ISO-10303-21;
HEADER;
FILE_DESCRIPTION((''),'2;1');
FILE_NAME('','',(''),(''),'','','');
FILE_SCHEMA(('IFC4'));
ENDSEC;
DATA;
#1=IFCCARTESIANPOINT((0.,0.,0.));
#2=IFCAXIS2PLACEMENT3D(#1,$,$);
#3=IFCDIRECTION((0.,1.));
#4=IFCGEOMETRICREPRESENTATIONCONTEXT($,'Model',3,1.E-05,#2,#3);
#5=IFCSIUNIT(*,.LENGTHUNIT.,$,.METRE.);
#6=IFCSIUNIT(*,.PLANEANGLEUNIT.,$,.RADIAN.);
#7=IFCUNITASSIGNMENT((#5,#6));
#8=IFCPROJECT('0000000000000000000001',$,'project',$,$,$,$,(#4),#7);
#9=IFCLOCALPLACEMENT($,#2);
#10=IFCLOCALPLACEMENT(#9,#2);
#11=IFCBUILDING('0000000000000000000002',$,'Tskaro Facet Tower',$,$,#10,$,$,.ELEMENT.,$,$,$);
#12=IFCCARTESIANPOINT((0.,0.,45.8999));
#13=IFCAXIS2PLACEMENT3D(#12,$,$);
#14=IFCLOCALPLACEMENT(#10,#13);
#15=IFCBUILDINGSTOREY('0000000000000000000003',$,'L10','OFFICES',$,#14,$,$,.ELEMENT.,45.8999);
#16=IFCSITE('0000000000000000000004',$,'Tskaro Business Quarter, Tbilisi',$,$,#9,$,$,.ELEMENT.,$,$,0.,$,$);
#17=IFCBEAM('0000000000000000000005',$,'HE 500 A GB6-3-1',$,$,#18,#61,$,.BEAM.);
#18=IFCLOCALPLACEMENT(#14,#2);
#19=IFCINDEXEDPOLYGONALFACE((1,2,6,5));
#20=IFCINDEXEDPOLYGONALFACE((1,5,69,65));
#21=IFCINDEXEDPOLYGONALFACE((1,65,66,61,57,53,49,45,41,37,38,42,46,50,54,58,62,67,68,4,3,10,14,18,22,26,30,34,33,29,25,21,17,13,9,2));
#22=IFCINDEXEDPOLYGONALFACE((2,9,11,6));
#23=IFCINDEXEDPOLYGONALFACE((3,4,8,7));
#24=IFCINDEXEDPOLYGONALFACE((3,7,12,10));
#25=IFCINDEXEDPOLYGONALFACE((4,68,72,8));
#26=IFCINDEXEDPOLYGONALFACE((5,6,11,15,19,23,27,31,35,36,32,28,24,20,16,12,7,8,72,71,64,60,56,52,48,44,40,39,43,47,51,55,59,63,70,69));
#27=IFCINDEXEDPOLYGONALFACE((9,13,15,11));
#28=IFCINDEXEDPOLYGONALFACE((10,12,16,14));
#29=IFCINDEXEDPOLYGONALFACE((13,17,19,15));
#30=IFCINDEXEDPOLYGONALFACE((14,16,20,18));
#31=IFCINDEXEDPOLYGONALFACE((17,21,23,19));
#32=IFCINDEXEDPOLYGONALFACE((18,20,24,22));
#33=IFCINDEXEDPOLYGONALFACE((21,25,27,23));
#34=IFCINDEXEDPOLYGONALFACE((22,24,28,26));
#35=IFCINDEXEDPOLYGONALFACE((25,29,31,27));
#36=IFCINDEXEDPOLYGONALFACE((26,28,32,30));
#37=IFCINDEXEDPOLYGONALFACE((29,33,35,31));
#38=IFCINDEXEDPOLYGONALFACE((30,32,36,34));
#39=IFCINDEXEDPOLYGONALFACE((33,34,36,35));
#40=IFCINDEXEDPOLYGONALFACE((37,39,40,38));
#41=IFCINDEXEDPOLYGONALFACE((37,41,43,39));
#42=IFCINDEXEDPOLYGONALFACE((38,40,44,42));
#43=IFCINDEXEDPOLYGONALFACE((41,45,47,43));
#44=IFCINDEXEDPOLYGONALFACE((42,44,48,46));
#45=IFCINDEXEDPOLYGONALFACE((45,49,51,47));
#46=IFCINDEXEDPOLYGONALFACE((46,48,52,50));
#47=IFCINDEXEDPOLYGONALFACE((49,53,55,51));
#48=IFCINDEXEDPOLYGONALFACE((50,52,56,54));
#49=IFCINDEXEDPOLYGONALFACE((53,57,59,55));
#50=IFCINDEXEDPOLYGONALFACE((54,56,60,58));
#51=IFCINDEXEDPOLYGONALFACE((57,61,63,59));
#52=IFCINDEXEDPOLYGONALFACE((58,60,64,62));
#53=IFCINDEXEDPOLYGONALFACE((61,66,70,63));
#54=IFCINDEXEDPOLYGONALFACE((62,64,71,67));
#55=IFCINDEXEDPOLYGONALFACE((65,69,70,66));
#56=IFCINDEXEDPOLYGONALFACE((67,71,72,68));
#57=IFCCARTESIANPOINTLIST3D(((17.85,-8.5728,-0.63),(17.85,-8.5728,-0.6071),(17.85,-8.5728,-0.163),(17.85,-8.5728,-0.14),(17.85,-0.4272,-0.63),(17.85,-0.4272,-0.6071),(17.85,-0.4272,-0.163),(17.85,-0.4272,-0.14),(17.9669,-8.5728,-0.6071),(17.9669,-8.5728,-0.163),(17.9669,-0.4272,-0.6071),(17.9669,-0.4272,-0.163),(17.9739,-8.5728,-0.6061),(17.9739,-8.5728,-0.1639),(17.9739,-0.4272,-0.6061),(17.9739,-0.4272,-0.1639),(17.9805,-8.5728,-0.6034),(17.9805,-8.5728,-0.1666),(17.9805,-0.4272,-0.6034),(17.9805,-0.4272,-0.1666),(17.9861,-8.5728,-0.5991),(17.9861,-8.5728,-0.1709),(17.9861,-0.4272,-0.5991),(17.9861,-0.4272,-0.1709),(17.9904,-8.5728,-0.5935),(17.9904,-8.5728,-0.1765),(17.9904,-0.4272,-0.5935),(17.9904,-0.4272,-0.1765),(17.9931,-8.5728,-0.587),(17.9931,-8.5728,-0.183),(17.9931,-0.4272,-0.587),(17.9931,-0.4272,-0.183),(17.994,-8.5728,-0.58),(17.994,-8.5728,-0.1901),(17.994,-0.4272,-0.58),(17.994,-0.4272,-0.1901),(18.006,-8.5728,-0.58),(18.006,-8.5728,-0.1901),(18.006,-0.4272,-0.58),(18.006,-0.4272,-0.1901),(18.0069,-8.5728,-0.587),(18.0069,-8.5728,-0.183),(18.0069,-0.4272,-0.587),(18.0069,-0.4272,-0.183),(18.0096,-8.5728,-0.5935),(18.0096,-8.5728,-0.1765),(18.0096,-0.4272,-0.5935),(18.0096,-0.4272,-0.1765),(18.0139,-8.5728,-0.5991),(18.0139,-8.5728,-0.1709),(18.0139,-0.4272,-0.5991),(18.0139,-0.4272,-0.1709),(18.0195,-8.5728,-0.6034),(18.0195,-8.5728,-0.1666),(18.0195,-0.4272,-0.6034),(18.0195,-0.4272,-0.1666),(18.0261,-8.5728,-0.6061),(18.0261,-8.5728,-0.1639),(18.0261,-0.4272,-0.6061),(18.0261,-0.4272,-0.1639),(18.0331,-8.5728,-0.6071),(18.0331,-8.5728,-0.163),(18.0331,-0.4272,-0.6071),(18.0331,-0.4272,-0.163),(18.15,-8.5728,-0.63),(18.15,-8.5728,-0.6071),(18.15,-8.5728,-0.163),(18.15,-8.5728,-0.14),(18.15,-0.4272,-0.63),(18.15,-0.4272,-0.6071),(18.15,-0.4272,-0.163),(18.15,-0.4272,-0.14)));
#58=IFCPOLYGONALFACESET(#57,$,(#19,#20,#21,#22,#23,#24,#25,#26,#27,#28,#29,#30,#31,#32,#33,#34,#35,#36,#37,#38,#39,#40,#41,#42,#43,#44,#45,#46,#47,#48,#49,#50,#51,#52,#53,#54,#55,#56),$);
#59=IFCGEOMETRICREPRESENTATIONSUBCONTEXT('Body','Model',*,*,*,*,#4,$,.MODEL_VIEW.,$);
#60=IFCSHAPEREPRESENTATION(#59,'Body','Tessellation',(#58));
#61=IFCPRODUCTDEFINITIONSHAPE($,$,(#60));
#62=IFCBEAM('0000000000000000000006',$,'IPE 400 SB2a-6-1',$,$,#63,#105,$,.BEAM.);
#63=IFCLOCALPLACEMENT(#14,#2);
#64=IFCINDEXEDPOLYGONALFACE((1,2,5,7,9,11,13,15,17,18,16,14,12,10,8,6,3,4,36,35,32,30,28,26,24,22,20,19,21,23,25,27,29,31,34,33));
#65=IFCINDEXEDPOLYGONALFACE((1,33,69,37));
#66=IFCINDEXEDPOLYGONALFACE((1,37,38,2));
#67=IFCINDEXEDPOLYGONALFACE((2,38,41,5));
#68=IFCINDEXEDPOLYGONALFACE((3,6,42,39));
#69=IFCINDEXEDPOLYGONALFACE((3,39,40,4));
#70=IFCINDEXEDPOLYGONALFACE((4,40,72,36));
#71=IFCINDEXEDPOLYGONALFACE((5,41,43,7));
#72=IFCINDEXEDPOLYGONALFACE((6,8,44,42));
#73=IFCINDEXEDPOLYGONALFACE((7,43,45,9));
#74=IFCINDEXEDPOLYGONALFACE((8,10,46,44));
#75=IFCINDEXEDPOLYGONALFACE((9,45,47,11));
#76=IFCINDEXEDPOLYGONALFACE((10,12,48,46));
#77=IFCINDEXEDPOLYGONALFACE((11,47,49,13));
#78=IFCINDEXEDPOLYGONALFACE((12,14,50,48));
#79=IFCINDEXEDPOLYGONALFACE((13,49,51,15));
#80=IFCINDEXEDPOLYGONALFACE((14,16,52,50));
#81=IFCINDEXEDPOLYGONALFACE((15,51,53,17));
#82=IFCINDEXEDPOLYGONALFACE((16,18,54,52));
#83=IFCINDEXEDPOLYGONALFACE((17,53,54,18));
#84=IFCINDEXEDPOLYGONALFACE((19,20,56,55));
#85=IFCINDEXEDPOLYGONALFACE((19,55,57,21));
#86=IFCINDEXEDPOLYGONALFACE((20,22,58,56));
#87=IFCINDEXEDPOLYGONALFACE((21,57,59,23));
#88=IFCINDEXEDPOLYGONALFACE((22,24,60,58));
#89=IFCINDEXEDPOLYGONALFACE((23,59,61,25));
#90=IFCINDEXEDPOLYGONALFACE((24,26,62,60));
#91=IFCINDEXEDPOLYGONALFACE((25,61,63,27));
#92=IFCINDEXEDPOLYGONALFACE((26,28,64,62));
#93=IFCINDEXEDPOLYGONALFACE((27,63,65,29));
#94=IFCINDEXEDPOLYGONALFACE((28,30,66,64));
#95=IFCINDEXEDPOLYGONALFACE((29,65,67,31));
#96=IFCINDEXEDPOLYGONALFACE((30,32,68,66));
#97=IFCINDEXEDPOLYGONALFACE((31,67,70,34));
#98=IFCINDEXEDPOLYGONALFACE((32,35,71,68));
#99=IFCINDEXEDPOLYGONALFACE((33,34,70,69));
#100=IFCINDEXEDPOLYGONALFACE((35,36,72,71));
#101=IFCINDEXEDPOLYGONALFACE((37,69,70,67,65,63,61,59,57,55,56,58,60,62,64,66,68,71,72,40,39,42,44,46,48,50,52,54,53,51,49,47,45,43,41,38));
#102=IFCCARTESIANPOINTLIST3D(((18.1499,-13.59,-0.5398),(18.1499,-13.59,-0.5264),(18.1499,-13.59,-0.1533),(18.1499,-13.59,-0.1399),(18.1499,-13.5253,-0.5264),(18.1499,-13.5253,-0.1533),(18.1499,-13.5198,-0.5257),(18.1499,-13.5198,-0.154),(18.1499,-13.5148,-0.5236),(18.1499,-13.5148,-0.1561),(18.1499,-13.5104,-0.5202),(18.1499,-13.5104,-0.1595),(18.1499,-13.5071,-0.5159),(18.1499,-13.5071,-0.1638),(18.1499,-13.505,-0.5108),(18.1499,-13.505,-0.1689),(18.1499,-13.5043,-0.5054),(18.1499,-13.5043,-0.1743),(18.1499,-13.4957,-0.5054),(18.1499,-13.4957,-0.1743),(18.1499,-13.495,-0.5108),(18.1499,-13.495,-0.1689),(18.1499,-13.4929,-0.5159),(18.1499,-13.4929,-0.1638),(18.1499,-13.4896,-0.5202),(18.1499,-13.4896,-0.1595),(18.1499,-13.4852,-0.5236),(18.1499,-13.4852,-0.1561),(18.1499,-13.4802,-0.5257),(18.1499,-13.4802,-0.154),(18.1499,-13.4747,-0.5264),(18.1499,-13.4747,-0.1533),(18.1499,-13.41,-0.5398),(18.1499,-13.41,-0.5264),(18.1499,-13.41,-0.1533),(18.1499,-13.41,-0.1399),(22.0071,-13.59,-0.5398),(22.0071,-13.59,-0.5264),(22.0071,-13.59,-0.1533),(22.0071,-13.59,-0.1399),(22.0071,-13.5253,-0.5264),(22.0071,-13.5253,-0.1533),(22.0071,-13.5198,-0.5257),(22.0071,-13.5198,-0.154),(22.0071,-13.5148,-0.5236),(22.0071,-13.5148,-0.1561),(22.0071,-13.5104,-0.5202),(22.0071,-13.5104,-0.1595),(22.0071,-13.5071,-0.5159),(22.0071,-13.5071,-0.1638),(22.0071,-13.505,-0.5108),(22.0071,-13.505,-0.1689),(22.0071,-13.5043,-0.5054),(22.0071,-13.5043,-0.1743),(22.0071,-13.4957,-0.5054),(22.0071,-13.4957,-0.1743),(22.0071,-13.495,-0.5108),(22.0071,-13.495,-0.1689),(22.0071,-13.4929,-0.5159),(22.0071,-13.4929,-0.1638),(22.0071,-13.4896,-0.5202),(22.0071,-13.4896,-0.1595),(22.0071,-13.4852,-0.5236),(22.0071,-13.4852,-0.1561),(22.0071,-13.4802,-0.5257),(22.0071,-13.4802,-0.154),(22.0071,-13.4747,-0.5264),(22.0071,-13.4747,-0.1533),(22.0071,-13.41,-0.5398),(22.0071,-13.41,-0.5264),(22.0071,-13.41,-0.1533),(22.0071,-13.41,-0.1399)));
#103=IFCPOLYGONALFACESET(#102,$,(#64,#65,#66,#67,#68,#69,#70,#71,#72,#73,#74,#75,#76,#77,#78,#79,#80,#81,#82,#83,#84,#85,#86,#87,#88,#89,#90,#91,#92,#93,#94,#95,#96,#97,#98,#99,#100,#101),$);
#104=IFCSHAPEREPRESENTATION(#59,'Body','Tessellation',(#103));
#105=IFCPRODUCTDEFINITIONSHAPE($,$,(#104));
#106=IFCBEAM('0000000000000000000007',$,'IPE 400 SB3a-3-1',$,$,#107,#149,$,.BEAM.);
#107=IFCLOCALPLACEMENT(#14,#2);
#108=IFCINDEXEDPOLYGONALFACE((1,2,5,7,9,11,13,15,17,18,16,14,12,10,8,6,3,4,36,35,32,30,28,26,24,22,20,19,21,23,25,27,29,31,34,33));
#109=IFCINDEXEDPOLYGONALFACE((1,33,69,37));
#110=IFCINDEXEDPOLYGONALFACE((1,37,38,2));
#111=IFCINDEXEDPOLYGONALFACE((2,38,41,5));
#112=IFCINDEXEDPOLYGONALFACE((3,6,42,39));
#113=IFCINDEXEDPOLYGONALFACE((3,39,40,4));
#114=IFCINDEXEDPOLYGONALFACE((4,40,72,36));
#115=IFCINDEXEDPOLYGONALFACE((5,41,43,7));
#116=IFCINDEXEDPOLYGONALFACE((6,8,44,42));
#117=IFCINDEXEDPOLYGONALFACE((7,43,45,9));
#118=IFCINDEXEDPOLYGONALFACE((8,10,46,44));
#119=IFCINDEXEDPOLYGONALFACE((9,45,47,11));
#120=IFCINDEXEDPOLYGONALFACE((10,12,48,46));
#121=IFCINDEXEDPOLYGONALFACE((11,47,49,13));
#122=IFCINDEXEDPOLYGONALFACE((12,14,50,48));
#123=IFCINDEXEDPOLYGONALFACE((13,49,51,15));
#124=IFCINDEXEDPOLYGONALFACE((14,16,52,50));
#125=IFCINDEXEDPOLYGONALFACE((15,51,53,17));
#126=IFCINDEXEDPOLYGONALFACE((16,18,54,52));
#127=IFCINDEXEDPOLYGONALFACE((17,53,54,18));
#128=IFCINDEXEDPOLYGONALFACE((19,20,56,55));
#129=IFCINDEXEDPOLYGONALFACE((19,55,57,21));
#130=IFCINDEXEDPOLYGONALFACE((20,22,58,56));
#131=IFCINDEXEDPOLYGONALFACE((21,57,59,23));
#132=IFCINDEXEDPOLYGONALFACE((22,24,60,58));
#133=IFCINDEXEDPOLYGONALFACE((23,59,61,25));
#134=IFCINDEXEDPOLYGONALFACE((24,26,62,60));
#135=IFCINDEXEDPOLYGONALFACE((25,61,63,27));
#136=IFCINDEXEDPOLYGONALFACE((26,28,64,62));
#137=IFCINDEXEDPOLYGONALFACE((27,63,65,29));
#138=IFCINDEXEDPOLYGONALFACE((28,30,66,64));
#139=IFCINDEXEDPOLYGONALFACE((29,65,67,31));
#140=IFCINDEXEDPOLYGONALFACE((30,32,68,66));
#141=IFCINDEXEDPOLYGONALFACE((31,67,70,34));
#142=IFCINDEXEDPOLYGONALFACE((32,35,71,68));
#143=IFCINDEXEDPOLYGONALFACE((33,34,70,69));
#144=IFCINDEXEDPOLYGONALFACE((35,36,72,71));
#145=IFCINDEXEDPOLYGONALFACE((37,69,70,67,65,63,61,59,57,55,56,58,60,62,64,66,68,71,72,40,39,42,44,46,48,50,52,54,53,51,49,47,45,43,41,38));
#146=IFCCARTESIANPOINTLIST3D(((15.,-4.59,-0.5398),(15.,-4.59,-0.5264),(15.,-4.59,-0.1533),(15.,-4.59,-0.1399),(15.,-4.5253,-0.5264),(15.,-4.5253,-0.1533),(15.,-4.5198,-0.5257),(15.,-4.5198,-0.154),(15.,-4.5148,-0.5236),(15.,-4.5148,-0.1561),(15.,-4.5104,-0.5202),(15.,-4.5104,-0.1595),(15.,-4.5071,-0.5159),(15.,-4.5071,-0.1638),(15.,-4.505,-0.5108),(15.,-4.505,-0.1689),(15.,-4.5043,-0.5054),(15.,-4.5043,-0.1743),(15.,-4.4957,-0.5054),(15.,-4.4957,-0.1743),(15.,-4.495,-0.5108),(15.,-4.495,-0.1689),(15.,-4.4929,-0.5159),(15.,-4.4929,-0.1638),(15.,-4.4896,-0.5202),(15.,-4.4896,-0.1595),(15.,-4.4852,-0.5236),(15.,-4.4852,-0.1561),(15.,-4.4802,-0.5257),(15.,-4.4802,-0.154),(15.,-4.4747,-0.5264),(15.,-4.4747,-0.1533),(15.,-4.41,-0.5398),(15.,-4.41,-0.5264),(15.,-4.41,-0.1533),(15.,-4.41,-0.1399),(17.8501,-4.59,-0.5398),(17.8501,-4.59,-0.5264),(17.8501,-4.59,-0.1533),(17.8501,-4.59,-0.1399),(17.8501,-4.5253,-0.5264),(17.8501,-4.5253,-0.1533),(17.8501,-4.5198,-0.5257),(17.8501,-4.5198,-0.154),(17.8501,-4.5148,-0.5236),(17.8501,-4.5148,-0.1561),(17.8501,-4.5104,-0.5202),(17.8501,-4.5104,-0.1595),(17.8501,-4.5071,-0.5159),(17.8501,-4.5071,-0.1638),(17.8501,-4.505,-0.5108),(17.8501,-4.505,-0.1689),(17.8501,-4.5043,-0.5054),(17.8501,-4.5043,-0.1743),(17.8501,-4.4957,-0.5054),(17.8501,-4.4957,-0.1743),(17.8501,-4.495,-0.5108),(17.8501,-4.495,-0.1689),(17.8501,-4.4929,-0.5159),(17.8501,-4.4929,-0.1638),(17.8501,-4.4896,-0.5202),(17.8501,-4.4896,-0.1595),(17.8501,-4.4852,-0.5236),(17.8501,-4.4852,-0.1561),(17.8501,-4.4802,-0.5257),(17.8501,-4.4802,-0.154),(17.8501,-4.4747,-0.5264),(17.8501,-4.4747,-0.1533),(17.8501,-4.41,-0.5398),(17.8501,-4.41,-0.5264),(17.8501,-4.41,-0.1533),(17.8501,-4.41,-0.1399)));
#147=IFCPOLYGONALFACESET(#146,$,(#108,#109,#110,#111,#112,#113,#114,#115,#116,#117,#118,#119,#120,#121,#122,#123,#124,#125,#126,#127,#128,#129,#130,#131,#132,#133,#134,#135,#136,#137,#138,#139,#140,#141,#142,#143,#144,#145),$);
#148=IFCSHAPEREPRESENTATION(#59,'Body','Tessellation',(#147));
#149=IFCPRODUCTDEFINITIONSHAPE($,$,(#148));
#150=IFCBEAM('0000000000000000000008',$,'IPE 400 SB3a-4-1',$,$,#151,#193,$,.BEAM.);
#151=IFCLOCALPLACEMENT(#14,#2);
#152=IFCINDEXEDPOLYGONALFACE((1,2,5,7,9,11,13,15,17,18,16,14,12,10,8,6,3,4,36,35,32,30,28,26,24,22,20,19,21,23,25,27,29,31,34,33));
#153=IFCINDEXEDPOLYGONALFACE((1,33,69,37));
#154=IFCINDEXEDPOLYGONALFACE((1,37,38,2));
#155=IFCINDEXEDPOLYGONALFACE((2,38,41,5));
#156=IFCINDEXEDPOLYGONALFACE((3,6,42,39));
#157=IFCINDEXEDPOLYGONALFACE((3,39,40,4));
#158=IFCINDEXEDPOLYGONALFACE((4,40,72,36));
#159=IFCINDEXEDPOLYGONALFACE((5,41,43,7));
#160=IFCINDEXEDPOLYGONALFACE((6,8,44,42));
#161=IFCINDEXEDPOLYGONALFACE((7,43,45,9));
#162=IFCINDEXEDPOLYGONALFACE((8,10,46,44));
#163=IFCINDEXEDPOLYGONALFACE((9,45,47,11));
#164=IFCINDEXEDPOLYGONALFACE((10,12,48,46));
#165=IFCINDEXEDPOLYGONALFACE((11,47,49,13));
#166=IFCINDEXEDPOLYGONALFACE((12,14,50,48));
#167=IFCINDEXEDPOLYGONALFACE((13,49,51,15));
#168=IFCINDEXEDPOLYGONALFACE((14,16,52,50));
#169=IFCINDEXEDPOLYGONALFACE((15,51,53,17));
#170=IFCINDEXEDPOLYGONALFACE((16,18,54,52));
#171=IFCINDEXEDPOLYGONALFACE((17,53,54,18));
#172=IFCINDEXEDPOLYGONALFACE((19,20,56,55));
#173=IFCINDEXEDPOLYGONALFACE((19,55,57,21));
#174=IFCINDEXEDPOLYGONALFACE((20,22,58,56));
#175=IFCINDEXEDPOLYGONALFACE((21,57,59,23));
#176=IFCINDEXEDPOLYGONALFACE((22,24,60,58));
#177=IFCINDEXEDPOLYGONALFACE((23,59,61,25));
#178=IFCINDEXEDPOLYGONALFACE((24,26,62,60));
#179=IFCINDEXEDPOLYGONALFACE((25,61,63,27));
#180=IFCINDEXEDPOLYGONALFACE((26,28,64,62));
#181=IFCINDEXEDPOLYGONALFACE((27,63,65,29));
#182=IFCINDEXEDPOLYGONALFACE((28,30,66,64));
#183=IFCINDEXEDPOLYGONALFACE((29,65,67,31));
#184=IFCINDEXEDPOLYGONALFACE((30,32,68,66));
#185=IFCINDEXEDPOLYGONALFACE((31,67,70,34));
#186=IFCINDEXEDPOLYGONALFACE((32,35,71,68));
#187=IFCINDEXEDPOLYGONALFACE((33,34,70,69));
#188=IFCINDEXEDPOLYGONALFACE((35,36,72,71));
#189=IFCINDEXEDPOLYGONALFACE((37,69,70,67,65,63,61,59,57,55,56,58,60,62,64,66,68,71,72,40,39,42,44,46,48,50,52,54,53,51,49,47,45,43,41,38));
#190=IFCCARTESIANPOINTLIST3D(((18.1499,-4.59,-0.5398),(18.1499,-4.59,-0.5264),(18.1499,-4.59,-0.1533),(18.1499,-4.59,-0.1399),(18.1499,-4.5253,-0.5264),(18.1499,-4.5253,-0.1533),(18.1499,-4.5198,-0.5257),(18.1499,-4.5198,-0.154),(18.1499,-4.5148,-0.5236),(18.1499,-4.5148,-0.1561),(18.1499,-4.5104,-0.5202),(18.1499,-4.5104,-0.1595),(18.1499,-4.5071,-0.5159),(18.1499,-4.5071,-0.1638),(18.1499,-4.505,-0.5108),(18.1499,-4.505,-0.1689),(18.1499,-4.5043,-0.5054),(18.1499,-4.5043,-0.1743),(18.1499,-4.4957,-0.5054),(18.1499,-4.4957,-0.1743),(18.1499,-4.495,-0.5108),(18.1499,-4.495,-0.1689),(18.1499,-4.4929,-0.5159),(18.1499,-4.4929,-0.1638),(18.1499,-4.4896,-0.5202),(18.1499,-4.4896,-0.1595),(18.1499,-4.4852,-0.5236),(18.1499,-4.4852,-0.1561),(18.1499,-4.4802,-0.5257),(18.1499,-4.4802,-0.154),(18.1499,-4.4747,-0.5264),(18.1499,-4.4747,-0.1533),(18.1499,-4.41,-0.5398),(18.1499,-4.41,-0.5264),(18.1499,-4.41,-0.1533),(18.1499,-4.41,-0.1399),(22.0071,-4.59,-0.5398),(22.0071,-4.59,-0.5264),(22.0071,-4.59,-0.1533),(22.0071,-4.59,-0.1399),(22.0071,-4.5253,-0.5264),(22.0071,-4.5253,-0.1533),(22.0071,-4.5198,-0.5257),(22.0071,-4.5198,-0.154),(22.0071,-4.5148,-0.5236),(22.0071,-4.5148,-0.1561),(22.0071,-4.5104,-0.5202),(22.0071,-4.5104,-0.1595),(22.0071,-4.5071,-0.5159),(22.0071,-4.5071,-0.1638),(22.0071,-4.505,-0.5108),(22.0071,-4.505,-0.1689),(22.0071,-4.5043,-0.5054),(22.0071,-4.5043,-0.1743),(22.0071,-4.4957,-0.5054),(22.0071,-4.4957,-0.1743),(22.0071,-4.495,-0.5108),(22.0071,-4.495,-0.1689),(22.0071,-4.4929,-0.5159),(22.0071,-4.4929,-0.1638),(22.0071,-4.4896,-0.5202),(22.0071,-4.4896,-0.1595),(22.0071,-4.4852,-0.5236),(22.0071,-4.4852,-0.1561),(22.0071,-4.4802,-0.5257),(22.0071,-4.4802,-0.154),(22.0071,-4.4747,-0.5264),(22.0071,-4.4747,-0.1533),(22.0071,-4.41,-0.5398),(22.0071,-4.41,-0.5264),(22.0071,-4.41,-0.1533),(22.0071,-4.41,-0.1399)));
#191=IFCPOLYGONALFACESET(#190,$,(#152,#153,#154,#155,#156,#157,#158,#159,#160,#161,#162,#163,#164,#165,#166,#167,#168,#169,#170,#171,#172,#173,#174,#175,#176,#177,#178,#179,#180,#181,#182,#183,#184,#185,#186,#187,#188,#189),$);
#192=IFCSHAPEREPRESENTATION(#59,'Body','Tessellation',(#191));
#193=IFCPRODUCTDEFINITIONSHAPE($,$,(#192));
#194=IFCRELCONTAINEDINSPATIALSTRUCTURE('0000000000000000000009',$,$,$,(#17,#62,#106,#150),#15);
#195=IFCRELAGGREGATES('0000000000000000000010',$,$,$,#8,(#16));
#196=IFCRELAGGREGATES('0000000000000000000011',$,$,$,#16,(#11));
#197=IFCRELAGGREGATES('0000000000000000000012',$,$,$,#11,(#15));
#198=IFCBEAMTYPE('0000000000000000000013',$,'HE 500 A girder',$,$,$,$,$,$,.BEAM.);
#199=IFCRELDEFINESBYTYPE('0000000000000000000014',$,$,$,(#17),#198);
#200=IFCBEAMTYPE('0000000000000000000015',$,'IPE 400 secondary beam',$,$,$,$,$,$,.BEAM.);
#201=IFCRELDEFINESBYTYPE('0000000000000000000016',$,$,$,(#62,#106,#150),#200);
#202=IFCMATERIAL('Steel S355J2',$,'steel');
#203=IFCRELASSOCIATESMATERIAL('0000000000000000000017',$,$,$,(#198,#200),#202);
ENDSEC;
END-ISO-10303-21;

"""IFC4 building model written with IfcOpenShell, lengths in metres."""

from ifc_helpers import new_model, si_unit, direction, frame, origin, origin_2d, place, context, subcontext, project, spatial, i_section, extrude, material, material_profile, profile_set, type_object, element, save


model = new_model("IFC4")

# Units and contexts
model_context = context("Model", 3, precision=1e-05, world=origin(), true_north=direction((0.0, 1.0)))
body_context = subcontext(model_context, "Body", "Model", "MODEL_VIEW")
ifc_project = project(units=[si_unit("LENGTHUNIT", "METRE"), si_unit("PLANEANGLEUNIT", "RADIAN")], contexts=[model_context])

# Site, building, storey
site_placement = place(None, origin())
site = spatial("IfcSite", under=ifc_project, at=site_placement, Name="Tskaro Business Quarter, Tbilisi", CompositionType="ELEMENT", RefElevation=0.0)
building_placement = place(site_placement, origin())
building = spatial("IfcBuilding", under=site, at=building_placement, Name="Tskaro Facet Tower", CompositionType="ELEMENT")
storey_placement = place(building_placement, frame((0.0, 0.0, 45.8999)))
storey = spatial("IfcBuildingStorey", under=building, at=storey_placement, Name="L10", Description="OFFICES", CompositionType="ELEMENT", Elevation=45.8999)

# Beams
ifc_material_1 = material(Name="Steel S355J2", Category="steel")
ifc_material_profile_1 = material_profile(ifc_material_1, i_section(OverallWidth=0.3, OverallDepth=0.49, WebThickness=0.012, FlangeThickness=0.0229, FilletRadius=0.0271, at=origin_2d()), Name="HE 500 A")
ifc_profile_set_1 = profile_set([ifc_material_profile_1], Name="Steel S355J2")
beam_type_1 = type_object("IfcBeamType", Name="HE 500 A girder", PredefinedType="BEAM", material=ifc_profile_set_1)
beam_1_placement = place(storey_placement, frame((18.0, -8.5728, -0.385), z_axis=(0.0, 1.0, 0.0), x_axis=(-1.0, 0.0, 0.0)))
element("IfcBeam", 1, at=beam_1_placement, inside=storey, type_object=beam_type_1, Name="HE 500 A GB6-3-1", PredefinedType="BEAM", context=body_context, shape_type="SweptSolid", body=[
    extrude(i_section(OverallWidth=0.3, OverallDepth=0.49, WebThickness=0.012, FlangeThickness=0.0229, FilletRadius=0.0271, at=origin_2d()), origin(), (0.0, 0.0, 1.0), 8.1455),
])
ifc_material_profile_2 = material_profile(ifc_material_1, i_section(OverallWidth=0.1799, OverallDepth=0.3999, WebThickness=0.0085, FlangeThickness=0.0134, FilletRadius=0.021, at=origin_2d()), Name="IPE 400")
ifc_profile_set_2 = profile_set([ifc_material_profile_2], Name="Steel S355J2")
beam_type_2 = type_object("IfcBeamType", Name="IPE 400 secondary beam", PredefinedType="BEAM", material=ifc_profile_set_2)
beam_2_placement = place(storey_placement, frame((18.1499, -13.5, -0.3398), z_axis=(1.0, 0.0, 0.0), x_axis=(0.0, 1.0, 0.0)))
element("IfcBeam", 2, at=beam_2_placement, inside=storey, type_object=beam_type_2, Name="IPE 400 SB2a-6-1", PredefinedType="BEAM", context=body_context, shape_type="SweptSolid", body=[
    extrude(i_section(OverallWidth=0.1799, OverallDepth=0.3999, WebThickness=0.0085, FlangeThickness=0.0134, FilletRadius=0.021, at=origin_2d()), origin(), (0.0, 0.0, 1.0), 3.8572),
])
beam_3_placement = place(storey_placement, frame((15.0, -4.5, -0.3398), z_axis=(1.0, 0.0, 0.0), x_axis=(0.0, 1.0, 0.0)))
element("IfcBeam", 3, at=beam_3_placement, inside=storey, type_object=beam_type_2, Name="IPE 400 SB3a-3-1", PredefinedType="BEAM", context=body_context, shape_type="SweptSolid", body=[
    extrude(i_section(OverallWidth=0.1799, OverallDepth=0.3999, WebThickness=0.0085, FlangeThickness=0.0134, FilletRadius=0.021, at=origin_2d()), origin(), (0.0, 0.0, 1.0), 2.8501),
])
beam_4_placement = place(storey_placement, frame((18.1499, -4.5, -0.3398), z_axis=(1.0, 0.0, 0.0), x_axis=(0.0, 1.0, 0.0)))
element("IfcBeam", 4, at=beam_4_placement, inside=storey, type_object=beam_type_2, Name="IPE 400 SB3a-4-1", PredefinedType="BEAM", context=body_context, shape_type="SweptSolid", body=[
    extrude(i_section(OverallWidth=0.1799, OverallDepth=0.3999, WebThickness=0.0085, FlangeThickness=0.0134, FilletRadius=0.021, at=origin_2d()), origin(), (0.0, 0.0, 1.0), 3.8572),
])

save(model, "model.ifc")
